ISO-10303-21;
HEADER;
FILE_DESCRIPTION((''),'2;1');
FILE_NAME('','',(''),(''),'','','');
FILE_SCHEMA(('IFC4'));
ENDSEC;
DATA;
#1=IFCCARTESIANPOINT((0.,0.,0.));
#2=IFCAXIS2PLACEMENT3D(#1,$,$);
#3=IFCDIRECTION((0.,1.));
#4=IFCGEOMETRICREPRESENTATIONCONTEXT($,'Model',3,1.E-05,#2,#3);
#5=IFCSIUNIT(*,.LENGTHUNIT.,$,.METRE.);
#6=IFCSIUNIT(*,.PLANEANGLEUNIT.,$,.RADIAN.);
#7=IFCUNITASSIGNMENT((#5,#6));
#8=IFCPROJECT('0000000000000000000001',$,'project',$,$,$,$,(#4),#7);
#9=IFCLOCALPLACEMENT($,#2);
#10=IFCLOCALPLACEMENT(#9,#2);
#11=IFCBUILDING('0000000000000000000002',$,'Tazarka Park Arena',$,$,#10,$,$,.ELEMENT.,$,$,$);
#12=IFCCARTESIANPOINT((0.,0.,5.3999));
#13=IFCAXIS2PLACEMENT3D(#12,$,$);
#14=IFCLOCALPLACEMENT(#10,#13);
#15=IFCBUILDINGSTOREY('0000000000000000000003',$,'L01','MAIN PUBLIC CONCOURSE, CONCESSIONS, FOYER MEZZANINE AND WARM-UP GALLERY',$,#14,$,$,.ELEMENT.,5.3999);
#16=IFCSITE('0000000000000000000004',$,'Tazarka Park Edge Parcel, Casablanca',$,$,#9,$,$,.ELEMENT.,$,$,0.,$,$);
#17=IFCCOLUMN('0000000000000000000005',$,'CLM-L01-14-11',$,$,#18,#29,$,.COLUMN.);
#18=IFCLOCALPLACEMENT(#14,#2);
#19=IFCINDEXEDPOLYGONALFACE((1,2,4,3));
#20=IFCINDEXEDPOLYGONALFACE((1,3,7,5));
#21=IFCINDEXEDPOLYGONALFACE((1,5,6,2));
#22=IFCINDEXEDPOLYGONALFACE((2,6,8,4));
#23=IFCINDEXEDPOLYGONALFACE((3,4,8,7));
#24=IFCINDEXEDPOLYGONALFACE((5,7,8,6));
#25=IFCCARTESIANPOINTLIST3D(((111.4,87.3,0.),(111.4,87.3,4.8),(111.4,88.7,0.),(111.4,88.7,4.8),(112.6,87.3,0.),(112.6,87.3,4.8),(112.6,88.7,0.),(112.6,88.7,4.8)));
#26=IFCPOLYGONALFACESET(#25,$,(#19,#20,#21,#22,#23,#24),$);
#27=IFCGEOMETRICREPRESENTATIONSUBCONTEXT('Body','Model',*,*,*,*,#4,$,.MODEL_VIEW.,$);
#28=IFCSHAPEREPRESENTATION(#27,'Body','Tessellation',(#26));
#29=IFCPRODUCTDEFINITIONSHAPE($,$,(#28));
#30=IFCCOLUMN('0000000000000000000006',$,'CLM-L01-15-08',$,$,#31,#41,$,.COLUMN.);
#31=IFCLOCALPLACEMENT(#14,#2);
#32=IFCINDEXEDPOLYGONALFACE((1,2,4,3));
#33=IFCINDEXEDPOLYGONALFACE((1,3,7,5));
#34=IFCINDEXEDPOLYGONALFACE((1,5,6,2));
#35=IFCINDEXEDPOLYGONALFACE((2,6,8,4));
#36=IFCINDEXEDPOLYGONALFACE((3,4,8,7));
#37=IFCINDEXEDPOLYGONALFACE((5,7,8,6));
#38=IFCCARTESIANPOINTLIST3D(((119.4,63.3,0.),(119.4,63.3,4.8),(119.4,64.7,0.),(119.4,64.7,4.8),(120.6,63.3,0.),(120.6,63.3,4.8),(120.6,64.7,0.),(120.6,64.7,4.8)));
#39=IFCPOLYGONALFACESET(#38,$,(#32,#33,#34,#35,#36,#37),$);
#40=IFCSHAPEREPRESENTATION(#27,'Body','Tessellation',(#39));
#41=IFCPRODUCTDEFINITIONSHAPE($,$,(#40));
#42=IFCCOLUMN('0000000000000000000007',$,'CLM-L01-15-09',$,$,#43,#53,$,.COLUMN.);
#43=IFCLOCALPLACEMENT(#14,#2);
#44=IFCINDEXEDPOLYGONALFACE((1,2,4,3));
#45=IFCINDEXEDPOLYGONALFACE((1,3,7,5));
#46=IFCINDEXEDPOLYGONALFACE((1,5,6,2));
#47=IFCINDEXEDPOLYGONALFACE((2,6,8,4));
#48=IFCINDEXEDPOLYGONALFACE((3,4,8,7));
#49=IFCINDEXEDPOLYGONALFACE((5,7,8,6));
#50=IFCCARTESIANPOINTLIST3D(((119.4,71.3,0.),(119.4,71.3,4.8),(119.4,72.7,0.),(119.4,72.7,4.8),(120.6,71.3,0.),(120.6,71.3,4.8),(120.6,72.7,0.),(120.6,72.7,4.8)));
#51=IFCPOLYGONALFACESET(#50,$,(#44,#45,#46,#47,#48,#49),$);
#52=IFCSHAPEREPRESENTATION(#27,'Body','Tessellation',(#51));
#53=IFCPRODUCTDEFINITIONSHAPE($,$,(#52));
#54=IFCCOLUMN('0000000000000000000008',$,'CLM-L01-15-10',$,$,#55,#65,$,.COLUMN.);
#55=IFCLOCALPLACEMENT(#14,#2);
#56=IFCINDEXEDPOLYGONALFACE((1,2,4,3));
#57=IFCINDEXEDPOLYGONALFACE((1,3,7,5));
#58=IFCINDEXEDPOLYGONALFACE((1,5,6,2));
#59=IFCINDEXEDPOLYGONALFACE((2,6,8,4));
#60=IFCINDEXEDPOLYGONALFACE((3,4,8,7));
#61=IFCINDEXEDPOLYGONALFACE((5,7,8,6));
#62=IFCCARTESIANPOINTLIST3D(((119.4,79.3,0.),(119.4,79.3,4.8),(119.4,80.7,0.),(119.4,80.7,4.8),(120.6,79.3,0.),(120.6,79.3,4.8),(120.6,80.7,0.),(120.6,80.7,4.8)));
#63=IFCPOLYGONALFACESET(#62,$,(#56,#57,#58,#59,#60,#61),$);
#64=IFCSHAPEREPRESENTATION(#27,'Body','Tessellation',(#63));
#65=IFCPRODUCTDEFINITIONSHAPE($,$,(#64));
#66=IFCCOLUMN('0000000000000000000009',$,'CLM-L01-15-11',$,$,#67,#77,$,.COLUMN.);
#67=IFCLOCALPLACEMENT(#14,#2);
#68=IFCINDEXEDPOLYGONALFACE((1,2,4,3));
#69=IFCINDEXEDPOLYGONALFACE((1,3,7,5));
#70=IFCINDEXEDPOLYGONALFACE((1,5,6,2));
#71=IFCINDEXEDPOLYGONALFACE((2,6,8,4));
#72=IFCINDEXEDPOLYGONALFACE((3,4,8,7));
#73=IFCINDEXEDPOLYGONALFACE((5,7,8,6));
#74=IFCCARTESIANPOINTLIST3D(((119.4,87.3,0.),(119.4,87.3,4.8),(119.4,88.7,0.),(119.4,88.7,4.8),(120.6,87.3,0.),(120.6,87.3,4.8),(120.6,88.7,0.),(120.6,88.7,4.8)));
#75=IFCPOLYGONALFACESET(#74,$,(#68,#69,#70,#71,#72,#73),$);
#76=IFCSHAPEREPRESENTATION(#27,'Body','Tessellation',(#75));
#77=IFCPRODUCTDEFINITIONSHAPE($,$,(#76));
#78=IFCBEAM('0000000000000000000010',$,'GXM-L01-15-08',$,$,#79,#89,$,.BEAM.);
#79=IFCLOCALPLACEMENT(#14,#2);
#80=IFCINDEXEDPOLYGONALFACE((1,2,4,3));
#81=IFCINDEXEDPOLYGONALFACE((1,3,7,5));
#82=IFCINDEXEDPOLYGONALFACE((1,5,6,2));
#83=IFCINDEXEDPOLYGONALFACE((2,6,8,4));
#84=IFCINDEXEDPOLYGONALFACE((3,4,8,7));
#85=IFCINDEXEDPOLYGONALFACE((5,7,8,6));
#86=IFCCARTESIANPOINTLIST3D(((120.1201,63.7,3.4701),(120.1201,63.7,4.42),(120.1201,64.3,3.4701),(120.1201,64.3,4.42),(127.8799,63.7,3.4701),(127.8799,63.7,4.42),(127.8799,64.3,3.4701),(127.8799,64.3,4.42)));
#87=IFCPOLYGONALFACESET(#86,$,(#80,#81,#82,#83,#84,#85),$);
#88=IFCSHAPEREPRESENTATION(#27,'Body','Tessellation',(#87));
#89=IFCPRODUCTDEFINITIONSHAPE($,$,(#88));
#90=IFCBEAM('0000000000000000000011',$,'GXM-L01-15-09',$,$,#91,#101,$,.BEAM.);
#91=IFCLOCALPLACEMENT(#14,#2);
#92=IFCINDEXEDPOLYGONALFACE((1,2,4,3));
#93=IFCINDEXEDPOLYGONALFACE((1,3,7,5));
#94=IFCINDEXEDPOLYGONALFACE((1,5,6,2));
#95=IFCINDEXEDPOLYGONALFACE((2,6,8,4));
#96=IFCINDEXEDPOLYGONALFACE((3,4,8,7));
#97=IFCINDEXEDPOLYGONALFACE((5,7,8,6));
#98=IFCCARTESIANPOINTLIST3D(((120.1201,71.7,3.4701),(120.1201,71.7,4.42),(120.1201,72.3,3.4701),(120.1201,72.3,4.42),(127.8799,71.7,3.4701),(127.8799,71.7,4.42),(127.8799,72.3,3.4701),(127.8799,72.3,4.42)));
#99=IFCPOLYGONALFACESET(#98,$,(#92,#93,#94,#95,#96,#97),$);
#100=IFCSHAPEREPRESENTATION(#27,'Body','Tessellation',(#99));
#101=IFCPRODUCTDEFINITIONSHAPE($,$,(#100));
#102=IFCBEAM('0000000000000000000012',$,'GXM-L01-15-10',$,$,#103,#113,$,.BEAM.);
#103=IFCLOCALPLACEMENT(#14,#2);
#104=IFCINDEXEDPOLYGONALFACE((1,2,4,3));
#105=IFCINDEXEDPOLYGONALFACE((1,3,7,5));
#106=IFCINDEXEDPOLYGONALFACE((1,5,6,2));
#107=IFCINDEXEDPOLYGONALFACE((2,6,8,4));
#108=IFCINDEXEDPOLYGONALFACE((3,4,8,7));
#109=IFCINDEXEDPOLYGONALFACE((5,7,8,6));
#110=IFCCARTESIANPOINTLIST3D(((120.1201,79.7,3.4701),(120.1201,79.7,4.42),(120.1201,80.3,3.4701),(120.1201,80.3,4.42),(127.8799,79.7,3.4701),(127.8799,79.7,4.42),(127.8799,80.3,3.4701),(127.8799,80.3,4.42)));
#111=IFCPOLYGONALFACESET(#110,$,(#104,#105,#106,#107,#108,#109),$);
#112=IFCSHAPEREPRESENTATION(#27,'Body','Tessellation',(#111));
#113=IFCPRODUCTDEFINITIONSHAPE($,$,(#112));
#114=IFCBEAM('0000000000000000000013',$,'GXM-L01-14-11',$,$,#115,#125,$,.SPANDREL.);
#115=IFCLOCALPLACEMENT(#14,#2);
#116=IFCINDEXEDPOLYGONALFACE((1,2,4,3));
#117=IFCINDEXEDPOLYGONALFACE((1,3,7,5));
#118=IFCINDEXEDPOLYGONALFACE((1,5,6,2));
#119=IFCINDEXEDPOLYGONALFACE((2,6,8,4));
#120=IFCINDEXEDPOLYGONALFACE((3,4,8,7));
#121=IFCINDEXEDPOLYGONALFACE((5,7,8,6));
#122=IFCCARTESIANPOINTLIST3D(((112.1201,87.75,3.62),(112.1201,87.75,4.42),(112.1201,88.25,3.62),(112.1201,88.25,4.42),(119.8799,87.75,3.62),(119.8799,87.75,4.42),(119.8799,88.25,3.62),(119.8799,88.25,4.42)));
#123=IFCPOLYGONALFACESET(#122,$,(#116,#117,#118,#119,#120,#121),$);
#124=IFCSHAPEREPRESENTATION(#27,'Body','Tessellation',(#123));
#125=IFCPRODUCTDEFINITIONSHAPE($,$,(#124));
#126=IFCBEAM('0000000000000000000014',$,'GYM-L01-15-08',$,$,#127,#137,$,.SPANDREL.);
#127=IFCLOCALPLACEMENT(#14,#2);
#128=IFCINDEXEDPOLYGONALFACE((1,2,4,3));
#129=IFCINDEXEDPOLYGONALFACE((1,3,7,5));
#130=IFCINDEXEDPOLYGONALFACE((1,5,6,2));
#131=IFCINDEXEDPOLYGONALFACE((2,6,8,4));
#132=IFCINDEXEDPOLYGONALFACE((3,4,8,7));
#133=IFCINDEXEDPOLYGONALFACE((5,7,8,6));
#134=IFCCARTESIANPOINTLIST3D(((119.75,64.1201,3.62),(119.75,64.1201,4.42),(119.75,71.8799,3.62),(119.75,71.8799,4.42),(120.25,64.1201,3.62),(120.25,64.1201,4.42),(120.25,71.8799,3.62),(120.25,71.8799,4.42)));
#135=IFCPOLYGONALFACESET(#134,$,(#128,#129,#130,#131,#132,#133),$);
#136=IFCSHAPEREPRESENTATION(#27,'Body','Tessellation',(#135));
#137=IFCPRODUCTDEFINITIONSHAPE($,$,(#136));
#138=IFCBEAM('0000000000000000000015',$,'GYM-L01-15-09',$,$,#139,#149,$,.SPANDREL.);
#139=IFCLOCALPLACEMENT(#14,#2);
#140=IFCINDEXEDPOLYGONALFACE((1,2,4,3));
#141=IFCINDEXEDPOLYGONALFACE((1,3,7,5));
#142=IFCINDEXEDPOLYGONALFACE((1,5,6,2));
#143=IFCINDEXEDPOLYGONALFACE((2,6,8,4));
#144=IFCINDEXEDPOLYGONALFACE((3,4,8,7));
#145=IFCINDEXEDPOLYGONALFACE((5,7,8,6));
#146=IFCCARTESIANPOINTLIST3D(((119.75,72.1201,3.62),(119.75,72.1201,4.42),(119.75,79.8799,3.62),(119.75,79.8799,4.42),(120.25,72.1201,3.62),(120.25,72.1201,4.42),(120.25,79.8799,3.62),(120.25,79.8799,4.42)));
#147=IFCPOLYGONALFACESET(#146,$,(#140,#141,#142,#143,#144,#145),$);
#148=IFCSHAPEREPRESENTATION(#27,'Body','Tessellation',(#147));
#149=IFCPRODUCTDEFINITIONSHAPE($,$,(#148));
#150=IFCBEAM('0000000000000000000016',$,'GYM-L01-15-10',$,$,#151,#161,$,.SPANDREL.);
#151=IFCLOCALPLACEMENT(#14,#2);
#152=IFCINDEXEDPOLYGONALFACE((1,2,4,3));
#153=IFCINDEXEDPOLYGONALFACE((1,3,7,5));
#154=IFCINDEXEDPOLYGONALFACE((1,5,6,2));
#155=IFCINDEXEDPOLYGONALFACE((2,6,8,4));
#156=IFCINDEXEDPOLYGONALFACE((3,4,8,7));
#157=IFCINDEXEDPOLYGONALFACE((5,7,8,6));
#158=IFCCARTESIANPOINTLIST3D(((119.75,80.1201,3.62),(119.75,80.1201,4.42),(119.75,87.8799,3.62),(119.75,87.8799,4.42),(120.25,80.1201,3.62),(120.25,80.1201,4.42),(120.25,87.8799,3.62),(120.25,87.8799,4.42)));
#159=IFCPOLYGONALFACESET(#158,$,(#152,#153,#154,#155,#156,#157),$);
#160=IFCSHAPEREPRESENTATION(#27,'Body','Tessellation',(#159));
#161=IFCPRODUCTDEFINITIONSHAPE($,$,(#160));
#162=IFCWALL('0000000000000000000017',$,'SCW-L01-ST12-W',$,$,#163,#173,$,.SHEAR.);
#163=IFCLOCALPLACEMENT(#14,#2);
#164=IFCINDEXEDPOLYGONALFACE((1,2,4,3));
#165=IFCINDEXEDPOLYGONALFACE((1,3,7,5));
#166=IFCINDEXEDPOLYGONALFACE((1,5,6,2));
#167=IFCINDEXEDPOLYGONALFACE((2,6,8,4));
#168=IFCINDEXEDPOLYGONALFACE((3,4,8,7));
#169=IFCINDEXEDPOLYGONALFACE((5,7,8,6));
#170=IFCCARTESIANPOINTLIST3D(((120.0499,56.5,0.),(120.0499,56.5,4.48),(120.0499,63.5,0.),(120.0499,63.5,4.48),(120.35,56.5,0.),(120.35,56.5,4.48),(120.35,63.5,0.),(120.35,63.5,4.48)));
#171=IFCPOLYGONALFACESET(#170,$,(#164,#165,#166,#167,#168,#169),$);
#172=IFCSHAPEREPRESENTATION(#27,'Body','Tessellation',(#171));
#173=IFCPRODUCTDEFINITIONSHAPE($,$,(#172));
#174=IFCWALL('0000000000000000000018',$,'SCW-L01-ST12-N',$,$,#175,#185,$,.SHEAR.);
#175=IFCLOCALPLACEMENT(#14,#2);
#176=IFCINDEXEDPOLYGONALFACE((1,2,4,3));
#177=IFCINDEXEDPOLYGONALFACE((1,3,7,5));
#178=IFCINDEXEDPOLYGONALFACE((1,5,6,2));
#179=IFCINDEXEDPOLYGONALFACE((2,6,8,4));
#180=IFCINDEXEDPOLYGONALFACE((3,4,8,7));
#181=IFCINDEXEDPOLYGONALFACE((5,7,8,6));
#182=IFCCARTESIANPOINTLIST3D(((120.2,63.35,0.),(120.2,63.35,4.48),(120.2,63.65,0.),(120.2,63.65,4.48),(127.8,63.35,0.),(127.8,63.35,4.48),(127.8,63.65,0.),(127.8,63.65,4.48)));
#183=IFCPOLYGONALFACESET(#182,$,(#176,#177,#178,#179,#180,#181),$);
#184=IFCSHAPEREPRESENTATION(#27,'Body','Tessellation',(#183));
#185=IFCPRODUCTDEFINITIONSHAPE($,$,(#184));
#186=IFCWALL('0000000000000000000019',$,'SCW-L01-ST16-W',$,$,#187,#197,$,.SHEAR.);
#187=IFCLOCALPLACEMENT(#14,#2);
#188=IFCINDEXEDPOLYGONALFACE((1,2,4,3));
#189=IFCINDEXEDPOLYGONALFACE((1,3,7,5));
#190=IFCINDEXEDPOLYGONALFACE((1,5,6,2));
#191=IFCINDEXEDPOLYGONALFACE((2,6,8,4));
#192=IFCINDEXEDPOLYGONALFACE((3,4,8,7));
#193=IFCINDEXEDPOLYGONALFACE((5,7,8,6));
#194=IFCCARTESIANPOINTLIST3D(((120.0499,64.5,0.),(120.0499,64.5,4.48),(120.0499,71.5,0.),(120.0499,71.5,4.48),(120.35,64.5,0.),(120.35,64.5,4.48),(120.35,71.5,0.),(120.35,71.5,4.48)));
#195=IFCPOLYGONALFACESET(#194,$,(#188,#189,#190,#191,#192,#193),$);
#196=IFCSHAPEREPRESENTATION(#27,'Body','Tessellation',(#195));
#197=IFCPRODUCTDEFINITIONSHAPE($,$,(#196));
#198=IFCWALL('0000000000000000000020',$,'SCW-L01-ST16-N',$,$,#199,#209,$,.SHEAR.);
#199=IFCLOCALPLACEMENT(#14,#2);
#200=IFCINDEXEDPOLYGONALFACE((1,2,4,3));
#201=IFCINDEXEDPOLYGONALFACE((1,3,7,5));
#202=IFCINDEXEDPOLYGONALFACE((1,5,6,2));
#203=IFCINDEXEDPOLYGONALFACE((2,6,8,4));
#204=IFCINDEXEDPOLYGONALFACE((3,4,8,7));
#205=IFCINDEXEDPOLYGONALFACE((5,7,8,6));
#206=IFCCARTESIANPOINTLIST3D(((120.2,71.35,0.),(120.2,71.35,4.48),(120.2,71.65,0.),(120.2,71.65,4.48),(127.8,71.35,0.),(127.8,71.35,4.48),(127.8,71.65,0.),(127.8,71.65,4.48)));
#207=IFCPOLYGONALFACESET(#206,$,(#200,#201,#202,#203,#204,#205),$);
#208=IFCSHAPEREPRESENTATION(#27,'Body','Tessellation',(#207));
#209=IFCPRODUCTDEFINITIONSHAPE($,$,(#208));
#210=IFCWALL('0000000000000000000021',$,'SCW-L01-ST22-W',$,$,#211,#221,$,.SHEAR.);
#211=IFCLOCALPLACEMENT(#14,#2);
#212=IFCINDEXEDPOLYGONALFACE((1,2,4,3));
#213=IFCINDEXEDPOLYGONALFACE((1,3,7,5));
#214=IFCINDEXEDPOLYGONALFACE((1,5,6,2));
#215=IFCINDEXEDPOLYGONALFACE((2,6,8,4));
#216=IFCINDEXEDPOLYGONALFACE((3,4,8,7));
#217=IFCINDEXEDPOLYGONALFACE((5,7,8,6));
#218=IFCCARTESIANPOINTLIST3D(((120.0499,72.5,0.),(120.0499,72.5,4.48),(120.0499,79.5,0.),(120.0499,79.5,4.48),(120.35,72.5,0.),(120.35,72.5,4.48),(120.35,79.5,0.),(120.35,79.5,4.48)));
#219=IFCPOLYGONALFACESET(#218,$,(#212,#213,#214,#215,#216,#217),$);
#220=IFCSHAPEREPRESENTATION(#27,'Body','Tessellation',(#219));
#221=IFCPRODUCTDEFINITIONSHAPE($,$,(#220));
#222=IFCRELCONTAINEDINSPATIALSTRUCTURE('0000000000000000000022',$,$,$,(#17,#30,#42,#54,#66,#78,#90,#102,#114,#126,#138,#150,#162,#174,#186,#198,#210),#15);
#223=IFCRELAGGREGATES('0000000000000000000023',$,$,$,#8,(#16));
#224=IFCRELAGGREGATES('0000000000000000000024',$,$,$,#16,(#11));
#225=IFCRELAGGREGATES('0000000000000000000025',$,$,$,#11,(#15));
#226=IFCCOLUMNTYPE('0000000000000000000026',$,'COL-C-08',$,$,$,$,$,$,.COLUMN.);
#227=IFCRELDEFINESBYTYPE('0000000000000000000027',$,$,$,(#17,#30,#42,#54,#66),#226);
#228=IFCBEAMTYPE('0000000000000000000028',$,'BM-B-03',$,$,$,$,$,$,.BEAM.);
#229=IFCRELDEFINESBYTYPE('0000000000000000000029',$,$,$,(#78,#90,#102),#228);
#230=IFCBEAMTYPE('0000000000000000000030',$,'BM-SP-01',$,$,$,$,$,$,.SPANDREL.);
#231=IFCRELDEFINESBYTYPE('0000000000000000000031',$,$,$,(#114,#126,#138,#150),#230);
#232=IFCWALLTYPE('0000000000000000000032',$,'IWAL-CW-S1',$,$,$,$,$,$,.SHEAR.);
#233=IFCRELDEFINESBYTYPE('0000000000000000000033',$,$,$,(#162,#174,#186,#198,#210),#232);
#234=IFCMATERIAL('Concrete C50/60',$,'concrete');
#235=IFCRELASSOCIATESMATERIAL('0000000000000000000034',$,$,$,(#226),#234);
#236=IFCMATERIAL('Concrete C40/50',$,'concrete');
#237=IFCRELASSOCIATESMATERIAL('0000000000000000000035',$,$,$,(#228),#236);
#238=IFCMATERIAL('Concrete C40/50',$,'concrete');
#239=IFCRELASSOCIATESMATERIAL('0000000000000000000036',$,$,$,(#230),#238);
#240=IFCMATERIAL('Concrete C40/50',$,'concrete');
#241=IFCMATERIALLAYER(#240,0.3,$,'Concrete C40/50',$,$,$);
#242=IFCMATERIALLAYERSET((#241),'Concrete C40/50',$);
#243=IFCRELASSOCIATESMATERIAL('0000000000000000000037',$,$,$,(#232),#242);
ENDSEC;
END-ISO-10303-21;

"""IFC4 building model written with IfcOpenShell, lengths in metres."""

from ifc_helpers import new_model, si_unit, direction, frame, frame_2d, origin, origin_2d, place, context, subcontext, project, spatial, rectangle, extrude, material, layer, layer_set, material_profile, profile_set, type_object, element, save


model = new_model("IFC4")

# Units and contexts
model_context = context("Model", 3, precision=1e-05, world=origin(), true_north=direction((0.0, 1.0)))
body_context = subcontext(model_context, "Body", "Model", "MODEL_VIEW")
ifc_project = project(units=[si_unit("LENGTHUNIT", "METRE"), si_unit("PLANEANGLEUNIT", "RADIAN")], contexts=[model_context])

# Site, building, storey
site_placement = place(None, origin())
site = spatial("IfcSite", under=ifc_project, at=site_placement, Name="Tazarka Park Edge Parcel, Casablanca", CompositionType="ELEMENT", RefElevation=0.0)
building_placement = place(site_placement, origin())
building = spatial("IfcBuilding", under=site, at=building_placement, Name="Tazarka Park Arena", CompositionType="ELEMENT")
storey_placement = place(building_placement, frame((0.0, 0.0, 5.3999)))
storey = spatial("IfcBuildingStorey", under=building, at=storey_placement, Name="L01", Description="MAIN PUBLIC CONCOURSE, CONCESSIONS, FOYER MEZZANINE AND WARM-UP GALLERY", CompositionType="ELEMENT", Elevation=5.3999)

# Columns
ifc_material_1 = material(Name="Concrete C50/60", Category="concrete")
ifc_material_profile_1 = material_profile(ifc_material_1, rectangle(XDim=1.2, YDim=1.3999, at=origin_2d()), Name="Concrete C50/60")
ifc_profile_set_1 = profile_set([ifc_material_profile_1], Name="Concrete C50/60")
column_type = type_object("IfcColumnType", Name="COL-C-08", PredefinedType="COLUMN", material=ifc_profile_set_1)
for number, where, z_axis, x_axis, name in (
    (1, (112.0, 88.0, 0.0), (0.0, 0.0, 1.0), (1.0, 0.0, 0.0), "CLM-L01-14-11"),
    (2, (120.0, 64.0, 0.0), (0.0, 0.0, 1.0), (1.0, 0.0, 0.0), "CLM-L01-15-08"),
    (3, (120.0, 72.0, 0.0), (0.0, 0.0, 1.0), (1.0, 0.0, 0.0), "CLM-L01-15-09"),
    (4, (120.0, 80.0, 0.0), (0.0, 0.0, 1.0), (1.0, 0.0, 0.0), "CLM-L01-15-10"),
    (5, (120.0, 88.0, 0.0), (0.0, 0.0, 1.0), (1.0, 0.0, 0.0), "CLM-L01-15-11"),
):
    element("IfcColumn", number, at=place(storey_placement, frame(where, z_axis=z_axis, x_axis=x_axis)), inside=storey, type_object=column_type, Name=name, PredefinedType="COLUMN", context=body_context, shape_type="SweptSolid", body=[
        extrude(rectangle(XDim=1.2, YDim=1.3999, at=origin_2d()), origin(), (0.0, 0.0, 1.0), 4.8),
    ])

# Beams
ifc_material_2 = material(Name="Concrete C40/50", Category="concrete")
ifc_material_profile_2 = material_profile(ifc_material_2, rectangle(XDim=0.6001, YDim=0.95, at=origin_2d()), Name="Concrete C40/50")
ifc_profile_set_2 = profile_set([ifc_material_profile_2], Name="Concrete C40/50")
beam_type_1 = type_object("IfcBeamType", Name="BM-B-03", PredefinedType="BEAM", material=ifc_profile_set_2)
for number, where, z_axis, x_axis, name in (
    (6, (120.1201, 64.0, 3.9451), (1.0, 0.0, 0.0), (0.0, 1.0, 0.0), "GXM-L01-15-08"),
    (7, (120.1201, 72.0, 3.9451), (1.0, 0.0, 0.0), (0.0, 1.0, 0.0), "GXM-L01-15-09"),
    (8, (120.1201, 80.0, 3.9451), (1.0, 0.0, 0.0), (0.0, 1.0, 0.0), "GXM-L01-15-10"),
):
    element("IfcBeam", number, at=place(storey_placement, frame(where, z_axis=z_axis, x_axis=x_axis)), inside=storey, type_object=beam_type_1, Name=name, PredefinedType="BEAM", context=body_context, shape_type="SweptSolid", body=[
        extrude(rectangle(XDim=0.6001, YDim=0.95, at=origin_2d()), origin(), (0.0, 0.0, 1.0), 7.7598),
    ])
ifc_material_3 = material(Name="Concrete C40/50", Category="concrete")
ifc_material_profile_3 = material_profile(ifc_material_3, rectangle(XDim=0.5, YDim=0.8, at=origin_2d()), Name="Concrete C40/50")
ifc_profile_set_3 = profile_set([ifc_material_profile_3], Name="Concrete C40/50")
beam_type_2 = type_object("IfcBeamType", Name="BM-SP-01", PredefinedType="SPANDREL", material=ifc_profile_set_3)
for number, where, z_axis, x_axis, name in (
    (9, (112.1201, 88.0, 4.02), (1.0, 0.0, 0.0), (0.0, 1.0, 0.0), "GXM-L01-14-11"),
    (10, (120.0, 64.1201, 4.02), (0.0, 1.0, 0.0), (-1.0, 0.0, 0.0), "GYM-L01-15-08"),
    (11, (120.0, 72.1201, 4.02), (0.0, 1.0, 0.0), (-1.0, 0.0, 0.0), "GYM-L01-15-09"),
    (12, (120.0, 80.1201, 4.02), (0.0, 1.0, 0.0), (-1.0, 0.0, 0.0), "GYM-L01-15-10"),
):
    element("IfcBeam", number, at=place(storey_placement, frame(where, z_axis=z_axis, x_axis=x_axis)), inside=storey, type_object=beam_type_2, Name=name, PredefinedType="SPANDREL", context=body_context, shape_type="SweptSolid", body=[
        extrude(rectangle(XDim=0.5, YDim=0.8, at=origin_2d()), origin(), (0.0, 0.0, 1.0), 7.7598),
    ])

# Walls
ifc_material_4 = material(Name="Concrete C40/50", Category="concrete")
ifc_layer = layer(ifc_material_4, 0.3, Name="Concrete C40/50")
ifc_layer_set = layer_set([ifc_layer], Name="Concrete C40/50")
wall_type = type_object("IfcWallType", Name="IWAL-CW-S1", PredefinedType="SHEAR", material=ifc_layer_set)
wall_1_placement = place(storey_placement, frame((120.2, 56.5, 0.0), z_axis=(0.0, 0.0, 1.0), x_axis=(0.0, 1.0, 0.0)))
element("IfcWall", 13, at=wall_1_placement, inside=storey, type_object=wall_type, Name="SCW-L01-ST12-W", PredefinedType="SHEAR", context=body_context, shape_type="SweptSolid", body=[
    extrude(rectangle(XDim=7.0, YDim=0.3, at=frame_2d((3.5, 0.0))), origin(), (0.0, 0.0, 1.0), 4.48),
])
wall_2_placement = place(storey_placement, frame((120.2, 63.5, 0.0), z_axis=(0.0, 0.0, 1.0), x_axis=(1.0, 0.0, 0.0)))
element("IfcWall", 14, at=wall_2_placement, inside=storey, type_object=wall_type, Name="SCW-L01-ST12-N", PredefinedType="SHEAR", context=body_context, shape_type="SweptSolid", body=[
    extrude(rectangle(XDim=7.6001, YDim=0.3, at=frame_2d((3.8, 0.0))), origin(), (0.0, 0.0, 1.0), 4.48),
])
wall_3_placement = place(storey_placement, frame((120.2, 64.5, 0.0), z_axis=(0.0, 0.0, 1.0), x_axis=(0.0, 1.0, 0.0)))
element("IfcWall", 15, at=wall_3_placement, inside=storey, type_object=wall_type, Name="SCW-L01-ST16-W", PredefinedType="SHEAR", context=body_context, shape_type="SweptSolid", body=[
    extrude(rectangle(XDim=7.0, YDim=0.3, at=frame_2d((3.5, 0.0))), origin(), (0.0, 0.0, 1.0), 4.48),
])
wall_4_placement = place(storey_placement, frame((120.2, 71.5, 0.0), z_axis=(0.0, 0.0, 1.0), x_axis=(1.0, 0.0, 0.0)))
element("IfcWall", 16, at=wall_4_placement, inside=storey, type_object=wall_type, Name="SCW-L01-ST16-N", PredefinedType="SHEAR", context=body_context, shape_type="SweptSolid", body=[
    extrude(rectangle(XDim=7.6001, YDim=0.3, at=frame_2d((3.8, 0.0))), origin(), (0.0, 0.0, 1.0), 4.48),
])
wall_5_placement = place(storey_placement, frame((120.2, 72.5, 0.0), z_axis=(0.0, 0.0, 1.0), x_axis=(0.0, 1.0, 0.0)))
element("IfcWall", 17, at=wall_5_placement, inside=storey, type_object=wall_type, Name="SCW-L01-ST22-W", PredefinedType="SHEAR", context=body_context, shape_type="SweptSolid", body=[
    extrude(rectangle(XDim=7.0, YDim=0.3, at=frame_2d((3.5, 0.0))), origin(), (0.0, 0.0, 1.0), 4.48),
])

save(model, "model.ifc")
